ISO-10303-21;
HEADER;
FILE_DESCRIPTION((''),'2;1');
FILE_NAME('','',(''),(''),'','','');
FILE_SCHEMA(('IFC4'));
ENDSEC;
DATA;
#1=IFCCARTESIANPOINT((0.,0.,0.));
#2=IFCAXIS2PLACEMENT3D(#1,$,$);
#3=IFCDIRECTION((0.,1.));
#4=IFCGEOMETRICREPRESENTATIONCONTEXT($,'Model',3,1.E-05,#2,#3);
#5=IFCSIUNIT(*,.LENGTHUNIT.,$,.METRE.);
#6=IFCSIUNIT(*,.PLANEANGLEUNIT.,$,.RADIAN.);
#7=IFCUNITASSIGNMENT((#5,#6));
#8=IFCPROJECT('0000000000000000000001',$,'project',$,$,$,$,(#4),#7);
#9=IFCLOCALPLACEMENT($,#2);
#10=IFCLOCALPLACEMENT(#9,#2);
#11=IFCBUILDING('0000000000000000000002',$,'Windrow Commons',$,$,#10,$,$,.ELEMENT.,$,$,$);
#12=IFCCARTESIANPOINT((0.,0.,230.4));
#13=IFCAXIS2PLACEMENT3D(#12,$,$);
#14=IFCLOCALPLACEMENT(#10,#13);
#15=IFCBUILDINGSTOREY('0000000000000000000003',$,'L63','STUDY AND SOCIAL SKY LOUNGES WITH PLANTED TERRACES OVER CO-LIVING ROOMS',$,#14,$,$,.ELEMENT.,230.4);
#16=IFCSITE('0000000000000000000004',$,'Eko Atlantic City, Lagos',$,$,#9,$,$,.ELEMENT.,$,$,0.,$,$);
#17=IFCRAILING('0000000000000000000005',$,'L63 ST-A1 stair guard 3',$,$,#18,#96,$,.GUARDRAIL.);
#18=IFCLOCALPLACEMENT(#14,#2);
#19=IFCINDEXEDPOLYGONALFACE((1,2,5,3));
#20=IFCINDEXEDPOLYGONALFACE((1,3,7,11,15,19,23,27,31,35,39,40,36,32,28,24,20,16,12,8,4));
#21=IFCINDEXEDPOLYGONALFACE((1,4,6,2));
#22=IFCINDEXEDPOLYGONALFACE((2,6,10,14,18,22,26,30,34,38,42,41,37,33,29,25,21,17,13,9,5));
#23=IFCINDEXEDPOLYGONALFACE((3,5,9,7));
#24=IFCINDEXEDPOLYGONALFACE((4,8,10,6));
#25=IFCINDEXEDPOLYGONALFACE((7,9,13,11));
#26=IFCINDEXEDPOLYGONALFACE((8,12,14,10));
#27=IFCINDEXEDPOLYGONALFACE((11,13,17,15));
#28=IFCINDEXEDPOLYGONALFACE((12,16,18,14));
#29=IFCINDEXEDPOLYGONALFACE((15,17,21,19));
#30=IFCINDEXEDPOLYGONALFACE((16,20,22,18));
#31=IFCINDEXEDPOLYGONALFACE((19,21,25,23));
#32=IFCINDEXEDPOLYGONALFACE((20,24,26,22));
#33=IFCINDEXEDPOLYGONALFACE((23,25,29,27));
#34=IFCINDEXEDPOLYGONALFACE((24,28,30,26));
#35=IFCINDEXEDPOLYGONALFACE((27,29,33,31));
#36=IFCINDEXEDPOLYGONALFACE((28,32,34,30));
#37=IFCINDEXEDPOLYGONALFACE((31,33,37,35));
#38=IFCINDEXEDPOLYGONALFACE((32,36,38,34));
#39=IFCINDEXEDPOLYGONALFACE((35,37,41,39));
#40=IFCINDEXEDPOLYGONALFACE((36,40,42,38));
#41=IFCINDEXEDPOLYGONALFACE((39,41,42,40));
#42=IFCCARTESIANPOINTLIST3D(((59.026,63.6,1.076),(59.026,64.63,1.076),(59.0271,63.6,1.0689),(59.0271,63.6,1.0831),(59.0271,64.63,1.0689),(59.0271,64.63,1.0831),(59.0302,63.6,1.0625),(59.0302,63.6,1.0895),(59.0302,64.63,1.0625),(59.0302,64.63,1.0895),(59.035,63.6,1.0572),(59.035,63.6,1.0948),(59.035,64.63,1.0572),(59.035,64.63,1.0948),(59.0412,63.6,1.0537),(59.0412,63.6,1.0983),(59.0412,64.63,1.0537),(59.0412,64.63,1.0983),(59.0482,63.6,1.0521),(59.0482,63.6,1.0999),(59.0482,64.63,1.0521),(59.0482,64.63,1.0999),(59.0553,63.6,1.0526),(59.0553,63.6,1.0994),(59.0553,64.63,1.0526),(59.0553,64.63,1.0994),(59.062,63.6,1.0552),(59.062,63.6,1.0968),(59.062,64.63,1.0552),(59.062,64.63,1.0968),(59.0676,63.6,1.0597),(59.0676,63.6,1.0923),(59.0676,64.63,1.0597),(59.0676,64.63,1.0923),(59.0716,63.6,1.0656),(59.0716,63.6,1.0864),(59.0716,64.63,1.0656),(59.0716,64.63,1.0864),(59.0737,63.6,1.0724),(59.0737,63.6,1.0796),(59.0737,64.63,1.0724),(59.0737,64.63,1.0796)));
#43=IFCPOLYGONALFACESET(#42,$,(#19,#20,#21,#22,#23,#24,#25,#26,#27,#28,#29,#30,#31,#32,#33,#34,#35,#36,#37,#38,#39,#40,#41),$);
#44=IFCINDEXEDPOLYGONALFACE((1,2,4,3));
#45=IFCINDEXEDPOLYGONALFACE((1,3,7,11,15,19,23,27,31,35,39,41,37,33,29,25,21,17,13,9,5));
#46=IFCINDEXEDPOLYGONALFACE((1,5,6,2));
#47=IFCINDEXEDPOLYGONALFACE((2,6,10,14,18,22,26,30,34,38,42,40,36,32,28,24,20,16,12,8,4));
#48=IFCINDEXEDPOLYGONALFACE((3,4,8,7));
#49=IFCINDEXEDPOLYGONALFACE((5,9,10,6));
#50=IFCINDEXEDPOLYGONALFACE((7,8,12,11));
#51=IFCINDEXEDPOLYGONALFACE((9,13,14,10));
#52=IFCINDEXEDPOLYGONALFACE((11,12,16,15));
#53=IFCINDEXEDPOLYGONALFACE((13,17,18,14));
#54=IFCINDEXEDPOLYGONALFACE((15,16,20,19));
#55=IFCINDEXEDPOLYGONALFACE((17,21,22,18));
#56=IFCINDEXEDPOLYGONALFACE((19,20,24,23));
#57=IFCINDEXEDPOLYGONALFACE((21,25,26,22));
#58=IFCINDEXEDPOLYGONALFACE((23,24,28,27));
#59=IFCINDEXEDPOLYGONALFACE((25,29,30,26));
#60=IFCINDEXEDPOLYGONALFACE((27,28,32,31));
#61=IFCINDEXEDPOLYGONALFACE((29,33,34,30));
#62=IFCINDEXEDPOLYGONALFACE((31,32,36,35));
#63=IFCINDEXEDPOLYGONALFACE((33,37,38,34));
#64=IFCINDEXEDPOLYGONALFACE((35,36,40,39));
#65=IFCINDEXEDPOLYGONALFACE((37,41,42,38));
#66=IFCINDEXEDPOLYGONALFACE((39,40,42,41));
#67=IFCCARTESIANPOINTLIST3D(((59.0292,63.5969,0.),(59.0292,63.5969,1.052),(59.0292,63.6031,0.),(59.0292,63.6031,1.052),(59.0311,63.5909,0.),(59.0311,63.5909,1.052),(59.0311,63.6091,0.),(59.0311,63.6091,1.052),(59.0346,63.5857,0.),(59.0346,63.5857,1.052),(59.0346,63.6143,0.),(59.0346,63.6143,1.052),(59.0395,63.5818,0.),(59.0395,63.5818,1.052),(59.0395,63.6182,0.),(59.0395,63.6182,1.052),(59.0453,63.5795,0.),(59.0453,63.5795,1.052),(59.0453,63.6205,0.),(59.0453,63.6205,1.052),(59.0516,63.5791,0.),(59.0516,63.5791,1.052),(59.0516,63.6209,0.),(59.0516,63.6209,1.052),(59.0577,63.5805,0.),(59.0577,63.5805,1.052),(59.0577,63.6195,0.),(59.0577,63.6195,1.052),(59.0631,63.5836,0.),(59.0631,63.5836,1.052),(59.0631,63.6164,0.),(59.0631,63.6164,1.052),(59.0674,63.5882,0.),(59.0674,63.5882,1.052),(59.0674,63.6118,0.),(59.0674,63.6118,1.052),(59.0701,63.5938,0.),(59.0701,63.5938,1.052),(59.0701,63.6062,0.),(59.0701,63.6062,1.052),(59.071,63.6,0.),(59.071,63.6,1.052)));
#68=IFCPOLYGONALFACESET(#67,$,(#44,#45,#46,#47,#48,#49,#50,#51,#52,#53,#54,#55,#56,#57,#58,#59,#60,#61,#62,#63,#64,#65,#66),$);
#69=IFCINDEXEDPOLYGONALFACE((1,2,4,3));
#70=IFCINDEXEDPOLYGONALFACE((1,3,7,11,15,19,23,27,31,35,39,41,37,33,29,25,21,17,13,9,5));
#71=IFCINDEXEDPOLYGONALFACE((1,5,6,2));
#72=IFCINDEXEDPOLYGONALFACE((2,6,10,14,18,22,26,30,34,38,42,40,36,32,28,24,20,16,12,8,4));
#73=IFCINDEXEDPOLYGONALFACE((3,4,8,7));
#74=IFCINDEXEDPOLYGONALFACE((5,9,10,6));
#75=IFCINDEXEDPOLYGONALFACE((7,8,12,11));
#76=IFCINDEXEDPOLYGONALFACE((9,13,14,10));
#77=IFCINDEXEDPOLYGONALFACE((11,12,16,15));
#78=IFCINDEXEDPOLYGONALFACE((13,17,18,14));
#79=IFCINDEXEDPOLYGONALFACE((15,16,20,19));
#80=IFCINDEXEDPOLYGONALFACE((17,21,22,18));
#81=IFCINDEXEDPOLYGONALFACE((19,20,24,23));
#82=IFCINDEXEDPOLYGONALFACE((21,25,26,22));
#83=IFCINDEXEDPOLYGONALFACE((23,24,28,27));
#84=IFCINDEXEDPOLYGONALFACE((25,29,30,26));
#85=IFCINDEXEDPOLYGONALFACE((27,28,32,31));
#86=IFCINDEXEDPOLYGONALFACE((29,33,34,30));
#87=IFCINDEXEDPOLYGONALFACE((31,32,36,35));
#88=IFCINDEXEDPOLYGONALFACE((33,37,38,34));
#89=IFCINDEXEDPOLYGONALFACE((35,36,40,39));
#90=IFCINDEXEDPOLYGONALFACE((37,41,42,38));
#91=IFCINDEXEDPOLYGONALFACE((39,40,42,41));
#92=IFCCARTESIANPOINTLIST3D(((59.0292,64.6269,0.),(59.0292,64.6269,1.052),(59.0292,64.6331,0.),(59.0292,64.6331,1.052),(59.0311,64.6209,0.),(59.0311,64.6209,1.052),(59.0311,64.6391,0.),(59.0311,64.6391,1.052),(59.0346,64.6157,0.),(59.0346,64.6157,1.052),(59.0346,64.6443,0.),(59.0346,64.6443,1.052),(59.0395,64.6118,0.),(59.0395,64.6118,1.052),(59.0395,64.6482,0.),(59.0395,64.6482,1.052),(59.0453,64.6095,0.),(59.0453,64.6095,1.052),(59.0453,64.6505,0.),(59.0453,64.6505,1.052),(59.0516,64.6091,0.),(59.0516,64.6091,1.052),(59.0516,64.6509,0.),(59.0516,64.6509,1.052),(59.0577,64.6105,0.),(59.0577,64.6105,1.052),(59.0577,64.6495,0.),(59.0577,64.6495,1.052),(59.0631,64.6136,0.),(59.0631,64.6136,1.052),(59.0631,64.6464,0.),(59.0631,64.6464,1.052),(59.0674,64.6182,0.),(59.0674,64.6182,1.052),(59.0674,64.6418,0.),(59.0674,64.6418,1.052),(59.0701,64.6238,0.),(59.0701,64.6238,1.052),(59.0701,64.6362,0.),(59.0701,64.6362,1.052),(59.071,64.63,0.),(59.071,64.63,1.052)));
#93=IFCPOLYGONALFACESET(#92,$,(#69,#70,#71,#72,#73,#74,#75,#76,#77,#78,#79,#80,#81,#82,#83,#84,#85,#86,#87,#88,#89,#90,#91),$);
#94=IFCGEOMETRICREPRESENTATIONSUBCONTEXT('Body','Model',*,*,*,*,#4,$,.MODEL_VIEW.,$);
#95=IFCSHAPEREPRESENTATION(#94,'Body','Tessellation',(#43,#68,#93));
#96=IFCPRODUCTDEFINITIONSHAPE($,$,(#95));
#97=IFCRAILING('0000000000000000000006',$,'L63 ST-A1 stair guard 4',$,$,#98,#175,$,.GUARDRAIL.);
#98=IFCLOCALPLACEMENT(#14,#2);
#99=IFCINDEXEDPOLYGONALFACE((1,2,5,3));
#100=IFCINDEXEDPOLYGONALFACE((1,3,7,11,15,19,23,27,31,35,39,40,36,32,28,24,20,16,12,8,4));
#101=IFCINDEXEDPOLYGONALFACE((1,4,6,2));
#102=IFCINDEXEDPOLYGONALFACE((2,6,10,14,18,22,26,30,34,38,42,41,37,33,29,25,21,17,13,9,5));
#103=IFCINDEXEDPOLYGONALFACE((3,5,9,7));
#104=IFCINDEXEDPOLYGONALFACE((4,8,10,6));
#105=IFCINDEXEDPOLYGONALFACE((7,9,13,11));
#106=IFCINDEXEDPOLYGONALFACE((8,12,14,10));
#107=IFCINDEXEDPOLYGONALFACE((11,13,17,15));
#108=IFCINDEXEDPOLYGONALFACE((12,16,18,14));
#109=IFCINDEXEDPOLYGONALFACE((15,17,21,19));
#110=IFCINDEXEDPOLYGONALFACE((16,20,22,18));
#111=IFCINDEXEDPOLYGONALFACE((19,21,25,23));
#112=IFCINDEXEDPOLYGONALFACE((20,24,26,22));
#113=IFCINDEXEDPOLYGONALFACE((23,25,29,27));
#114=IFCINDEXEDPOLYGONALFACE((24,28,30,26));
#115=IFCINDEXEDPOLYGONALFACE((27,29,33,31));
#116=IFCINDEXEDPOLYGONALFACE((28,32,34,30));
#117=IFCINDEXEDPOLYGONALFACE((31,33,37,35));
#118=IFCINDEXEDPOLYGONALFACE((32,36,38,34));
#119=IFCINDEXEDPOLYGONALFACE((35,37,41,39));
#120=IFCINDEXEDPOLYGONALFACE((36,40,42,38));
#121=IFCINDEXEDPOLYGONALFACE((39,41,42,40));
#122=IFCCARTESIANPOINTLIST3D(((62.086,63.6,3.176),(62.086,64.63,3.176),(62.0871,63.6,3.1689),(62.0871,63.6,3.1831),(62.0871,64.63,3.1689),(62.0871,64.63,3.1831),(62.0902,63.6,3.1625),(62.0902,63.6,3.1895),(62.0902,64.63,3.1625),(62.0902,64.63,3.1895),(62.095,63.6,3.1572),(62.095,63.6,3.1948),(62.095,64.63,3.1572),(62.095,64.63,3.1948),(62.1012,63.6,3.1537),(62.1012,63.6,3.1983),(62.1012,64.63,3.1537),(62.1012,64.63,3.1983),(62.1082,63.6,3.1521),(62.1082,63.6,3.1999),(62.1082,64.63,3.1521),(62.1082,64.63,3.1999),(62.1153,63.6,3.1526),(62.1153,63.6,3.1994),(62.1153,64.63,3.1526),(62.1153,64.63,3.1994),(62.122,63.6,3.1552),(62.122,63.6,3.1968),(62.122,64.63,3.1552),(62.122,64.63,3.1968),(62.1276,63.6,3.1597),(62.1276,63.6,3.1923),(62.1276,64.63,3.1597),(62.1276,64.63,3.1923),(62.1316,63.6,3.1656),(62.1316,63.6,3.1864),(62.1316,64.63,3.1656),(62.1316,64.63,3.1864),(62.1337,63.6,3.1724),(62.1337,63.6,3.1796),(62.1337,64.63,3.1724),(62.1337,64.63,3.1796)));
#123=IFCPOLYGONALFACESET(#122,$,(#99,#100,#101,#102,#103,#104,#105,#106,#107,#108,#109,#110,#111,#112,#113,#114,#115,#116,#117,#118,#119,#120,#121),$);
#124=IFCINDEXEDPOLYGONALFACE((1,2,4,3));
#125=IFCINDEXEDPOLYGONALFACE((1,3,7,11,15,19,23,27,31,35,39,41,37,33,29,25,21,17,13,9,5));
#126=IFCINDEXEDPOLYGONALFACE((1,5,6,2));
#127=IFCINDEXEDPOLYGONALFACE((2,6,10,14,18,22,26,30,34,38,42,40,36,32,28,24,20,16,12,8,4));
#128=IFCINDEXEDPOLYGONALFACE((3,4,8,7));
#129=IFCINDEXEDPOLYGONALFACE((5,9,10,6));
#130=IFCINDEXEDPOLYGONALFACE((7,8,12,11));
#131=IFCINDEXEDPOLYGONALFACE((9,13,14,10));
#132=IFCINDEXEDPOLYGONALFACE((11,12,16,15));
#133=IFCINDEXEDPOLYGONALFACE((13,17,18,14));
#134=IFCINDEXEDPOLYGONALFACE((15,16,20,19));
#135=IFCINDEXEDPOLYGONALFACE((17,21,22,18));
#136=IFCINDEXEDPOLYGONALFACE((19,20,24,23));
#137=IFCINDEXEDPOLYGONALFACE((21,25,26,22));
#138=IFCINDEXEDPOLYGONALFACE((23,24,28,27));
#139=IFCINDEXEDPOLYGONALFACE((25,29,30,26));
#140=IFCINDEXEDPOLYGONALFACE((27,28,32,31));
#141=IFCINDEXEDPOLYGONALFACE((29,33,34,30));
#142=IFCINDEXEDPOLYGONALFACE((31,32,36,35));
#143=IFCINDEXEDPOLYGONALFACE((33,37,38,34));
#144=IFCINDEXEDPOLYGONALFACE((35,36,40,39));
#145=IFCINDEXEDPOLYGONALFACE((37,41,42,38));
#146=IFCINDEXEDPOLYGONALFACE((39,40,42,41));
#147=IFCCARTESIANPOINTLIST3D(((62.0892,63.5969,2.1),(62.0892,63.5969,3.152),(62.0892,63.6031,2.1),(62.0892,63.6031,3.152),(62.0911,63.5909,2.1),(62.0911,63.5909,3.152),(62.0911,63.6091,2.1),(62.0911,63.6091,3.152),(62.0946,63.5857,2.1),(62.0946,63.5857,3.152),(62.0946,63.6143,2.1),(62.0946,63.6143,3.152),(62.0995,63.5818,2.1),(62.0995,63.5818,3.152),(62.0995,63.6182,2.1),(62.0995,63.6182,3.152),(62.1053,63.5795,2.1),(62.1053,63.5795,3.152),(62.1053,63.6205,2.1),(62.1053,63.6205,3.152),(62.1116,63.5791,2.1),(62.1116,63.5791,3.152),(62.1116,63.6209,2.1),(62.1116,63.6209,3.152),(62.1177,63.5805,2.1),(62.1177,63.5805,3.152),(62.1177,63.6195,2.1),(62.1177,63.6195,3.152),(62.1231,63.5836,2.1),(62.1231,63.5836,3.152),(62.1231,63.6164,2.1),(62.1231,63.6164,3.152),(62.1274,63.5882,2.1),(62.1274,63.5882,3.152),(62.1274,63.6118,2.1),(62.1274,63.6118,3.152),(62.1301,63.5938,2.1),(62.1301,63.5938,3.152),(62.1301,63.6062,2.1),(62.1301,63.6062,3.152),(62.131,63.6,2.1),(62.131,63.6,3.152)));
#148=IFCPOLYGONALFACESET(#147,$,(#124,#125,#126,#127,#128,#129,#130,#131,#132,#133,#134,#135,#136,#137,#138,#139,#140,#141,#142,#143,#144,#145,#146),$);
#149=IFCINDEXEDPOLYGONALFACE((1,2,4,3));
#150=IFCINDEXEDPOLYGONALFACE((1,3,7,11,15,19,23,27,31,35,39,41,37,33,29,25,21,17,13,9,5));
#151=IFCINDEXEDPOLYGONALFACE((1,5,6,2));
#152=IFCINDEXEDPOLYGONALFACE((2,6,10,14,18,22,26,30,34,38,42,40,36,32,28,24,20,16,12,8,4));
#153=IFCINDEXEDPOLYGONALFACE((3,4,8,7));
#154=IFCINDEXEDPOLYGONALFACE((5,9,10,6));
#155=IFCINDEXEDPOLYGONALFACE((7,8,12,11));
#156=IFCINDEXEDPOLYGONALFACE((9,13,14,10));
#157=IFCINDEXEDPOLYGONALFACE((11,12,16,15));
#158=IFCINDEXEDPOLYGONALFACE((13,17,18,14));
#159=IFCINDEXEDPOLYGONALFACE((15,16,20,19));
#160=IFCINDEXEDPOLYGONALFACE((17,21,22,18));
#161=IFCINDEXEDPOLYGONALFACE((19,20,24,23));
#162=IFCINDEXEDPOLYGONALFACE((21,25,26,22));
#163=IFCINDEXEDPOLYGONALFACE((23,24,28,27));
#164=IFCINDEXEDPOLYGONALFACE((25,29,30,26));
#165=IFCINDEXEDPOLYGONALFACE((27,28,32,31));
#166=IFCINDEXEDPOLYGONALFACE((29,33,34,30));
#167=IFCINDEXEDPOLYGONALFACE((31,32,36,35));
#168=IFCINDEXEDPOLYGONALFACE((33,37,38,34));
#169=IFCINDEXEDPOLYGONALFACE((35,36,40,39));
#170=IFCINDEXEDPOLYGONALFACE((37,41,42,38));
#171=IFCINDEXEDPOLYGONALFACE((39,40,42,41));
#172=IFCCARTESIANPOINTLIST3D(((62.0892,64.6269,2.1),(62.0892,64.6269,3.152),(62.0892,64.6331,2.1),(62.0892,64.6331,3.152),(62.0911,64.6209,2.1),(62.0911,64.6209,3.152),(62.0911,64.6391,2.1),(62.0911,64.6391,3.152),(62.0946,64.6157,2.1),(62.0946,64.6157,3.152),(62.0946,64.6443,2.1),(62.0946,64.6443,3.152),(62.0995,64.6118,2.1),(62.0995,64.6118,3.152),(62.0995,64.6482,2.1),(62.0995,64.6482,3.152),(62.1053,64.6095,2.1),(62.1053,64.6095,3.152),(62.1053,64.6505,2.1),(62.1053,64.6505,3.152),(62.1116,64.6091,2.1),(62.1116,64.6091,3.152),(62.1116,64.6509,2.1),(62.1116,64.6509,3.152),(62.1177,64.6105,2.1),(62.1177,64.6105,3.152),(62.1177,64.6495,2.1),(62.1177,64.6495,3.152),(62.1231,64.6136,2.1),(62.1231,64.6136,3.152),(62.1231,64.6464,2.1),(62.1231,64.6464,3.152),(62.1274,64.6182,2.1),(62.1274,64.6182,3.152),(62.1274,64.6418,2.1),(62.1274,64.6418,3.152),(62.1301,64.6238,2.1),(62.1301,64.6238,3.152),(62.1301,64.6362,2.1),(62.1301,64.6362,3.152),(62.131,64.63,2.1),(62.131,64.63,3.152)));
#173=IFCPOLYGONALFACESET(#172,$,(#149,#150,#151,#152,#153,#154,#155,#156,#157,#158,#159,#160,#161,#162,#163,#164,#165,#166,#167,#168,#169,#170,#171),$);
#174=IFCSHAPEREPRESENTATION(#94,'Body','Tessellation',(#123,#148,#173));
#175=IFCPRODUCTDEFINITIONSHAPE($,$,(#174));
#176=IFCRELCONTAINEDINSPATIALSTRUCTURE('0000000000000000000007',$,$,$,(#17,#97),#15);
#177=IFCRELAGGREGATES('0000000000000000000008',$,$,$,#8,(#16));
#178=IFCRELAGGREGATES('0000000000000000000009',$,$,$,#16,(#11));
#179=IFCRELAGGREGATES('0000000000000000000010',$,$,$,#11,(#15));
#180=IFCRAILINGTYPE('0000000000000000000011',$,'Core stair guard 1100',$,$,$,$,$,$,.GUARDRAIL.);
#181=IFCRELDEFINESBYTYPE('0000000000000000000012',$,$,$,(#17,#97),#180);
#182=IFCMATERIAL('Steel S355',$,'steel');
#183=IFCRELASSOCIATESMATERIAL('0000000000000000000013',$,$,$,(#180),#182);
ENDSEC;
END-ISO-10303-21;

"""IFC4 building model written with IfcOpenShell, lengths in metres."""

from ifc_helpers import new_model, si_unit, direction, frame, origin, origin_2d, place, context, subcontext, project, spatial, circle, extrude, material, type_object, element, save


model = new_model("IFC4")

# Units and contexts
model_context = context("Model", 3, precision=1e-05, world=origin(), true_north=direction((0.0, 1.0)))
body_context = subcontext(model_context, "Body", "Model", "MODEL_VIEW")
ifc_project = project(units=[si_unit("LENGTHUNIT", "METRE"), si_unit("PLANEANGLEUNIT", "RADIAN")], contexts=[model_context])

# Site, building, storey
site_placement = place(None, origin())
site = spatial("IfcSite", under=ifc_project, at=site_placement, Name="Eko Atlantic City, Lagos", CompositionType="ELEMENT", RefElevation=0.0)
building_placement = place(site_placement, origin())
building = spatial("IfcBuilding", under=site, at=building_placement, Name="Windrow Commons", CompositionType="ELEMENT")
storey_placement = place(building_placement, frame((0.0, 0.0, 230.4)))
storey = spatial("IfcBuildingStorey", under=building, at=storey_placement, Name="L63", Description="STUDY AND SOCIAL SKY LOUNGES WITH PLANTED TERRACES OVER CO-LIVING ROOMS", CompositionType="ELEMENT", Elevation=230.4)

# Railings
ifc_material_1 = material(Name="Steel S355", Category="steel")
railing_type_1 = type_object("IfcRailingType", Name="Core stair guard 1100", PredefinedType="GUARDRAIL", material=ifc_material_1)
for number, where, name in (
    (1, (59.05, 63.6, 0.0), "L63 ST-A1 stair guard 3"),
    (2, (62.11, 63.6, 2.1), "L63 ST-A1 stair guard 4"),
):
    element("IfcRailing", number, at=place(storey_placement, frame(where)), inside=storey, type_object=railing_type_1, Name=name, PredefinedType="GUARDRAIL", context=body_context, shape_type="SweptSolid", body=[
        extrude(circle(Radius=0.024, at=origin_2d()), frame((0.0, 0.0, 1.076), z_axis=(0.0, 1.0, 0.0), x_axis=(-1.0, 0.0, 0.0)), (0.0, 0.0, 1.0), 1.03),
        extrude(circle(Radius=0.021, at=origin_2d()), origin(), (0.0, 0.0, 1.0), 1.052),
        extrude(circle(Radius=0.021, at=origin_2d()), frame((0.0, 1.03, 0.0)), (0.0, 0.0, 1.0), 1.052),
    ])

save(model, "model.ifc")
